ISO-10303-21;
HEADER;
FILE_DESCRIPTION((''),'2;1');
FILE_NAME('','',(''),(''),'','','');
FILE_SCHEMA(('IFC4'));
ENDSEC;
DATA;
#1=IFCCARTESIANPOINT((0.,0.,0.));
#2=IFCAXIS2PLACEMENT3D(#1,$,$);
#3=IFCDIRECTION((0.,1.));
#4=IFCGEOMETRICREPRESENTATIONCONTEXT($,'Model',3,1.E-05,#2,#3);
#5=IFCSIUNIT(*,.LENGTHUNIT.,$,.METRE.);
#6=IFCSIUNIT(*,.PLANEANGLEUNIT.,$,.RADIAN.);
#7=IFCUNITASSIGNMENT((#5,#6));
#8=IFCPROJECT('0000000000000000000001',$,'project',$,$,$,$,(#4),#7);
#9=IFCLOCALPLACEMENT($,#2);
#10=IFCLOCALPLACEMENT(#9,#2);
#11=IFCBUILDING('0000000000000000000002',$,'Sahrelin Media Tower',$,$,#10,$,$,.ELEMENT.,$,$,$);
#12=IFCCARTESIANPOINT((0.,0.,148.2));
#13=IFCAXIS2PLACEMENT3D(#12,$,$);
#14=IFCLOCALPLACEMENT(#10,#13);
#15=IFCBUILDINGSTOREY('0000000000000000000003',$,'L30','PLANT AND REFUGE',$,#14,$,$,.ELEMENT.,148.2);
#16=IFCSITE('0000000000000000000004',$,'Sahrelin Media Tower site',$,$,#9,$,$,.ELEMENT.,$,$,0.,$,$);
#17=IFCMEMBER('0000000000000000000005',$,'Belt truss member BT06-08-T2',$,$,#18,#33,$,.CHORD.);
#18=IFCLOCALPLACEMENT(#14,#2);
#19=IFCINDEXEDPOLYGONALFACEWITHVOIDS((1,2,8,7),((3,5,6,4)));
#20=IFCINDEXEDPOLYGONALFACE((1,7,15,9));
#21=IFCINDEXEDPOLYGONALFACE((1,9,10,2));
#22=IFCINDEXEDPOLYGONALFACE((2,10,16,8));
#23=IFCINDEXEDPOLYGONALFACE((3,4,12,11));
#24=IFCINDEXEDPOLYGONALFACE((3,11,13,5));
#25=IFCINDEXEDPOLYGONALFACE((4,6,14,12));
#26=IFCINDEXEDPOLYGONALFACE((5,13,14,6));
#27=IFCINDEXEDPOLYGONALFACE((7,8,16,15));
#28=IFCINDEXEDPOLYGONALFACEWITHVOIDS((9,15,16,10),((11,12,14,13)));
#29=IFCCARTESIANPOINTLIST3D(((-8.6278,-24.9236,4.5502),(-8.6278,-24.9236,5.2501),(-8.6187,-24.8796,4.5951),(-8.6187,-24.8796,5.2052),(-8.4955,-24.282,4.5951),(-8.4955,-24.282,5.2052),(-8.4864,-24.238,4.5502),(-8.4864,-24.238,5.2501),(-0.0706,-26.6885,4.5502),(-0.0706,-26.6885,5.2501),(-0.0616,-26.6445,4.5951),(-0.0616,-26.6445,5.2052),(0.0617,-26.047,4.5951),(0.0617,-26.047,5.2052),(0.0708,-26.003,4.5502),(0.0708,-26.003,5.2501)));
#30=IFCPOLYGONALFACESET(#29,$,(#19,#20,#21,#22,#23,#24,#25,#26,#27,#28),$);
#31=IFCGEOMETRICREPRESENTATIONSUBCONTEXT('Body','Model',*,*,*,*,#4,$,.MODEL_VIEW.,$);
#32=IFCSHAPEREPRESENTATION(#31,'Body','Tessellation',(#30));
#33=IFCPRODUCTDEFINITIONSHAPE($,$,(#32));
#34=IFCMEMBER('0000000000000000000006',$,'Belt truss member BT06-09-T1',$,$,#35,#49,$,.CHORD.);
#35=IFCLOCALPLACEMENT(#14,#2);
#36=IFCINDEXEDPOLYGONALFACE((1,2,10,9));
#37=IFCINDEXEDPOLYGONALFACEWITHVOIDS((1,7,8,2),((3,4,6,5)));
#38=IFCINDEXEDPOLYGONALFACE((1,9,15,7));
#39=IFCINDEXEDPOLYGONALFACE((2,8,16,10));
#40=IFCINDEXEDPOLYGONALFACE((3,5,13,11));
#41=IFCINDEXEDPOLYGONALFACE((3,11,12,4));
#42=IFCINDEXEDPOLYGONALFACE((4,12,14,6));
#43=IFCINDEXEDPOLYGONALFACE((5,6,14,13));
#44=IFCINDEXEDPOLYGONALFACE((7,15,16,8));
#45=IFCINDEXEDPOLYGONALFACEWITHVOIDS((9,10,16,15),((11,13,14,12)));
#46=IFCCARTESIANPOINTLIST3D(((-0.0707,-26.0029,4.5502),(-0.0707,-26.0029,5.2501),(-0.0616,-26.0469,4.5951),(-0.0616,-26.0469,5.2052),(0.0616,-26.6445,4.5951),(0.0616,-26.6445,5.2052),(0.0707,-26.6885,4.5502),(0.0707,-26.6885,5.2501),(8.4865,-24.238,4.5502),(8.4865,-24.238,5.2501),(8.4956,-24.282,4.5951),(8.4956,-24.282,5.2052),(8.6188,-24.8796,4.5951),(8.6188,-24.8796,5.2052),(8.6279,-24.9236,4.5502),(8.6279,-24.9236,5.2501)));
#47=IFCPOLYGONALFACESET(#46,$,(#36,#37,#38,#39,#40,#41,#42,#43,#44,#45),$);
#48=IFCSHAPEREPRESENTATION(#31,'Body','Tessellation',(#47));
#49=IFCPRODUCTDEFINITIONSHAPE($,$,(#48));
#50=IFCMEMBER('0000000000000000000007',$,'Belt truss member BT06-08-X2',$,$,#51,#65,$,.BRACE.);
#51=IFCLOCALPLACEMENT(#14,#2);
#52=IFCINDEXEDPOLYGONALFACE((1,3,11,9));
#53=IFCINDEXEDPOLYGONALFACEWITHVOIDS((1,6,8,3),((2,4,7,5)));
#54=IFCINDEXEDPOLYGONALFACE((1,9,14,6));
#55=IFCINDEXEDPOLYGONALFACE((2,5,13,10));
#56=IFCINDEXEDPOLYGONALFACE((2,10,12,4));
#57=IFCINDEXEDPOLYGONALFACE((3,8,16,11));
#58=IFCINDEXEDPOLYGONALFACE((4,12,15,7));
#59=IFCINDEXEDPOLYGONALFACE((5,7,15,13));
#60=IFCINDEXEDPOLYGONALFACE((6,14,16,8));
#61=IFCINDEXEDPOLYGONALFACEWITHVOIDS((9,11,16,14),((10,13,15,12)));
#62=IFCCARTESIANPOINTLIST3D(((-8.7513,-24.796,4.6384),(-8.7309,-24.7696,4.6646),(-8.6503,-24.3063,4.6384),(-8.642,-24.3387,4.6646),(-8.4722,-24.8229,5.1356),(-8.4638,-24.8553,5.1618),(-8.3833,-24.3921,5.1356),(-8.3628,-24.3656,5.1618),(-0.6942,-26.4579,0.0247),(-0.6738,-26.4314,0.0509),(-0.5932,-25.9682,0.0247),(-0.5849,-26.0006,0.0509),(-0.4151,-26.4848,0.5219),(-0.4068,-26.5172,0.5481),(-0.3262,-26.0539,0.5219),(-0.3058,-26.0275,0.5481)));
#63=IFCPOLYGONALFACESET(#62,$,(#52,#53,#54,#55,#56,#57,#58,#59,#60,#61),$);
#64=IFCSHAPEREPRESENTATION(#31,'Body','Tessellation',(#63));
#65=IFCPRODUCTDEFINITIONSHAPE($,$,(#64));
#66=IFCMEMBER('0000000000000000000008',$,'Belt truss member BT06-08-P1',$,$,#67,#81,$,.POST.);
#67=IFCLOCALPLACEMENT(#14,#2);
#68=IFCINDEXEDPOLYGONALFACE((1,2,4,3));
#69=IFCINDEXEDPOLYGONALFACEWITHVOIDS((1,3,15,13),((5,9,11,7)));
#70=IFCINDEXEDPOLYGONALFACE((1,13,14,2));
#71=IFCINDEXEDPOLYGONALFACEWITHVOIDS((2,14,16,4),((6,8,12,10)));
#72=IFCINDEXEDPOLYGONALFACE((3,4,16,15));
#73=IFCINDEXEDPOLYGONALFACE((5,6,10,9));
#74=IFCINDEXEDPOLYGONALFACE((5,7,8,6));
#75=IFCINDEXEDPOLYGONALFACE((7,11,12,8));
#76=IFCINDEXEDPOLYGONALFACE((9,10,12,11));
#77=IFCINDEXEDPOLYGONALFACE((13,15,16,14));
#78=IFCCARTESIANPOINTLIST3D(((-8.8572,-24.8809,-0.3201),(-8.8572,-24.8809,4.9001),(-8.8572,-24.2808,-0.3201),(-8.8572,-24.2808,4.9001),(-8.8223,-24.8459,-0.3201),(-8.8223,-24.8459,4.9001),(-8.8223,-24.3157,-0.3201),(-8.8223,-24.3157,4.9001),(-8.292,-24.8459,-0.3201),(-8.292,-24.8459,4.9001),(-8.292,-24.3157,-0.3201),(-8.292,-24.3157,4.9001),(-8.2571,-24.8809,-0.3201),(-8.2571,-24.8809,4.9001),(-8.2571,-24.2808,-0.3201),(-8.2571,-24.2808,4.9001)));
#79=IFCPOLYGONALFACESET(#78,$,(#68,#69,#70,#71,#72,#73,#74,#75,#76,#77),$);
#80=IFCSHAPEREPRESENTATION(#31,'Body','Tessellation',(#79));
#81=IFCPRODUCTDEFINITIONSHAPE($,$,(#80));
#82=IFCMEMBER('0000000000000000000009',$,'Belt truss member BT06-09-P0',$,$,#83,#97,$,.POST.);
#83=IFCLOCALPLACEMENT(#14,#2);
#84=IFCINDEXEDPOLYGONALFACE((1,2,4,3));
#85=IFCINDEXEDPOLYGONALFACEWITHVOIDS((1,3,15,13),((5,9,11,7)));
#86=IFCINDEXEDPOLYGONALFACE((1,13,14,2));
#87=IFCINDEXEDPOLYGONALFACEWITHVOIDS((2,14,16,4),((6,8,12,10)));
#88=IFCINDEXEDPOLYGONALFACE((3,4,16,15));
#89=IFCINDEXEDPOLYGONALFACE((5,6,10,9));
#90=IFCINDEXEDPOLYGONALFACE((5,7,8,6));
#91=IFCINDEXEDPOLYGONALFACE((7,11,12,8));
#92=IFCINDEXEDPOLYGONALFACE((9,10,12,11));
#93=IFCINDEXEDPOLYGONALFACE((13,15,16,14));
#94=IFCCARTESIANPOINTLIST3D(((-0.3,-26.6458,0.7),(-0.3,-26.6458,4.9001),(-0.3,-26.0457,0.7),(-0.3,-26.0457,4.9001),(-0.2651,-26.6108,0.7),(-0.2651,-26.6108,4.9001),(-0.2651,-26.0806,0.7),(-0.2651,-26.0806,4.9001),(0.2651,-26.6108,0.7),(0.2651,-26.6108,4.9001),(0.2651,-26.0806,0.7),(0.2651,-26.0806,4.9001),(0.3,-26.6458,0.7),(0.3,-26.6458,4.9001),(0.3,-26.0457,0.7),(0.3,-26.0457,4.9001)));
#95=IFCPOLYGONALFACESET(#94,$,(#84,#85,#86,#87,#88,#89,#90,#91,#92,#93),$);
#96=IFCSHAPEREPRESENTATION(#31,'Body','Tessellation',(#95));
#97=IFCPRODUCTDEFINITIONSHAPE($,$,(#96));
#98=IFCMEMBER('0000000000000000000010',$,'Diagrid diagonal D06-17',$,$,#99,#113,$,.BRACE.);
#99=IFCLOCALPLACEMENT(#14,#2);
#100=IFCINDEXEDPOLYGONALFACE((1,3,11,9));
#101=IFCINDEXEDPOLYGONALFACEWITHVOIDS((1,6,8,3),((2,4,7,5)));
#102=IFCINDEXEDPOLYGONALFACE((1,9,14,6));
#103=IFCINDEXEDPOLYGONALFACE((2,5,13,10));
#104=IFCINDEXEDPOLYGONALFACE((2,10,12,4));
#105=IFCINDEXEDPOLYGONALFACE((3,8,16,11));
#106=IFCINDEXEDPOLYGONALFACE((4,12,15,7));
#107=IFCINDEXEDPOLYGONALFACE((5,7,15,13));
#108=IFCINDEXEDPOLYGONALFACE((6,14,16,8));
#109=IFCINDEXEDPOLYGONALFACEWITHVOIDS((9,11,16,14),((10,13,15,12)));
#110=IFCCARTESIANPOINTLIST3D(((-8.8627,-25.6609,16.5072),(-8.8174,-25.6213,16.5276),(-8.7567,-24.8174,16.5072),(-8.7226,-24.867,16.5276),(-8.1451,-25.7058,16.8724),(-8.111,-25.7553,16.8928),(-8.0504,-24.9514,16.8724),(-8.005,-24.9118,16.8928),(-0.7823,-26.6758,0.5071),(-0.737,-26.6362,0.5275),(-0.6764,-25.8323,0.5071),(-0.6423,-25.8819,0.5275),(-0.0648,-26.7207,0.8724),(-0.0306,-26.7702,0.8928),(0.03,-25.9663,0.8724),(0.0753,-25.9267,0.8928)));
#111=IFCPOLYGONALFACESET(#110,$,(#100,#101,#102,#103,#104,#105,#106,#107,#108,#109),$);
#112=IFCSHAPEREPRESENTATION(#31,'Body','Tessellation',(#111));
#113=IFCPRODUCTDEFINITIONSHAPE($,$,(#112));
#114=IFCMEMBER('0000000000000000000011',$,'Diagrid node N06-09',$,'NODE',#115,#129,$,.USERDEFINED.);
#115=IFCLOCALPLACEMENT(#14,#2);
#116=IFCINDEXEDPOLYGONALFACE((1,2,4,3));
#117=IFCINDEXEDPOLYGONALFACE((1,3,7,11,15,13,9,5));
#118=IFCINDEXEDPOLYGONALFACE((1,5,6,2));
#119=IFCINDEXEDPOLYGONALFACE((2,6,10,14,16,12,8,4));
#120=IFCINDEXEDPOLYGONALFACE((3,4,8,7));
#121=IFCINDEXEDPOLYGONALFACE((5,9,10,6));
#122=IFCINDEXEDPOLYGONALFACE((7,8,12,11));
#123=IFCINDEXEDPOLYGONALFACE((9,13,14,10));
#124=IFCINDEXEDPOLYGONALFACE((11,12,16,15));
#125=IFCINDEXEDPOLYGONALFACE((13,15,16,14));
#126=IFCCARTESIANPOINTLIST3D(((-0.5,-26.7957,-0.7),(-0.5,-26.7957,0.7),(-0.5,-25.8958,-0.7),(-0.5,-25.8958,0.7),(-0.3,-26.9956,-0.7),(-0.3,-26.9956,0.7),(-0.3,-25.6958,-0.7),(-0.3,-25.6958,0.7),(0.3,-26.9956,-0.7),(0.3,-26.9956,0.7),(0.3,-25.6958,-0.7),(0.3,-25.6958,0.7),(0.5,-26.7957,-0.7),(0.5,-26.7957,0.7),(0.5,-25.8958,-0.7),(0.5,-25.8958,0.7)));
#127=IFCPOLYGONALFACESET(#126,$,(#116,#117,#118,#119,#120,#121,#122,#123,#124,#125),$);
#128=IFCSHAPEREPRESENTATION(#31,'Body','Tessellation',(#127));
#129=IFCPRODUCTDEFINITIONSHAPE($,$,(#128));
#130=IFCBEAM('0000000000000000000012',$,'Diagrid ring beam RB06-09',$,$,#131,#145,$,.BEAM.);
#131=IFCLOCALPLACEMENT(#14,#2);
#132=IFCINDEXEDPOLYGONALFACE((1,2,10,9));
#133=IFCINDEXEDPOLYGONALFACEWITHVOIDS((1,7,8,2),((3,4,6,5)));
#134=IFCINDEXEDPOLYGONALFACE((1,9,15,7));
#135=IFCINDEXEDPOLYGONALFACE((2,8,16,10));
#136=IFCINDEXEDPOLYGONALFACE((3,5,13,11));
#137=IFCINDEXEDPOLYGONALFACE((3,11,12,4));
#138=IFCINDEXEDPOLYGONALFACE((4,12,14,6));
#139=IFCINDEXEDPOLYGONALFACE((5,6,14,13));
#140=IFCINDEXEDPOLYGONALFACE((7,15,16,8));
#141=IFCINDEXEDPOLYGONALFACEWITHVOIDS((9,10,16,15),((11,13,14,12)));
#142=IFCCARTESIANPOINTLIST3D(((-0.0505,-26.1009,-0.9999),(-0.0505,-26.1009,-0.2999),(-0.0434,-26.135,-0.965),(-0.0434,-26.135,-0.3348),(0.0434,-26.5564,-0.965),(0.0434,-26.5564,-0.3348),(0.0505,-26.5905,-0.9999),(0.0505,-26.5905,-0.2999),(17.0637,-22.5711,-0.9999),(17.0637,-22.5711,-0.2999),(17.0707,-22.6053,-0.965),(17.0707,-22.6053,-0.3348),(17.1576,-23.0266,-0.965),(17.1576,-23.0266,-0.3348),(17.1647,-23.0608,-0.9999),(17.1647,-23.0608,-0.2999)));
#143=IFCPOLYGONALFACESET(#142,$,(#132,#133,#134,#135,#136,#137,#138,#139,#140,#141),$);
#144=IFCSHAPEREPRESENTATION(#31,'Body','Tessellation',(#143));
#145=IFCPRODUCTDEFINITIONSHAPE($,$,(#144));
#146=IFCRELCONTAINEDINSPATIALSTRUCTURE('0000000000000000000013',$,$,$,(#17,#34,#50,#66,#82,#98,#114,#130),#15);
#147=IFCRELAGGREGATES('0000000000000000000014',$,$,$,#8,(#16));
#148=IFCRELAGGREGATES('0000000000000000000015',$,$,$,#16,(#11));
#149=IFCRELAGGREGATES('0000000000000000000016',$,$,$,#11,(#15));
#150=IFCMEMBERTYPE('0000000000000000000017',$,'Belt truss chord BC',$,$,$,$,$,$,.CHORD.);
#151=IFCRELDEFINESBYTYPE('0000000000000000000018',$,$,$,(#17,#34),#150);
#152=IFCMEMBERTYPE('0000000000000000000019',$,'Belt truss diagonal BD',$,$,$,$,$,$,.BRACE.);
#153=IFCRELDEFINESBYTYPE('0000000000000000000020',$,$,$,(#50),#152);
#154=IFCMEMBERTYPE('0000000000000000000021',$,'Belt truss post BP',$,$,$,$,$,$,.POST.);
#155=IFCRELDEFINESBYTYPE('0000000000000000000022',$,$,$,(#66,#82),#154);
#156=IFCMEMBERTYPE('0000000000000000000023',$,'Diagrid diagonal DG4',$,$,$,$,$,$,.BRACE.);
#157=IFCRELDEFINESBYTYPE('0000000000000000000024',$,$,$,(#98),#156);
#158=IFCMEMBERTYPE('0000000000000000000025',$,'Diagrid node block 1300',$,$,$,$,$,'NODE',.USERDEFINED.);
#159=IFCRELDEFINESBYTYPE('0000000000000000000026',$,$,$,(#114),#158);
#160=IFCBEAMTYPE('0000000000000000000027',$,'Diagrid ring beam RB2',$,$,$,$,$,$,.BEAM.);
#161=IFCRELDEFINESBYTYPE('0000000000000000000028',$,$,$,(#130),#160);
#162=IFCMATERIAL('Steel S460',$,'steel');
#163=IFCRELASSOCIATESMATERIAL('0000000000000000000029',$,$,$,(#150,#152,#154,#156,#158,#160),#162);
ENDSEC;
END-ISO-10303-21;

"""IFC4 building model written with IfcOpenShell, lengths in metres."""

from ifc_helpers import new_model, si_unit, direction, frame, origin, origin_2d, place, context, subcontext, project, spatial, polyline, hollow_rectangle, outline, extrude, material, material_profile, profile_set, type_object, element, save


model = new_model("IFC4")

# Units and contexts
model_context = context("Model", 3, precision=1e-05, world=origin(), true_north=direction((0.0, 1.0)))
body_context = subcontext(model_context, "Body", "Model", "MODEL_VIEW")
ifc_project = project(units=[si_unit("LENGTHUNIT", "METRE"), si_unit("PLANEANGLEUNIT", "RADIAN")], contexts=[model_context])

# Site, building, storey
site_placement = place(None, origin())
site = spatial("IfcSite", under=ifc_project, at=site_placement, Name="Sahrelin Media Tower site", CompositionType="ELEMENT", RefElevation=0.0)
building_placement = place(site_placement, origin())
building = spatial("IfcBuilding", under=site, at=building_placement, Name="Sahrelin Media Tower", CompositionType="ELEMENT")
storey_placement = place(building_placement, frame((0.0, 0.0, 148.2)))
storey = spatial("IfcBuildingStorey", under=building, at=storey_placement, Name="L30", Description="PLANT AND REFUGE", CompositionType="ELEMENT", Elevation=148.2)

# Members
ifc_material_1 = material(Name="Steel S460", Category="steel")
ifc_material_profile_1 = material_profile(ifc_material_1, hollow_rectangle(XDim=0.7, YDim=0.7, WallThickness=0.0449, at=origin_2d()), Name="Belt truss chord BC")
ifc_profile_set_1 = profile_set([ifc_material_profile_1], Name="Steel S460")
member_type_1 = type_object("IfcMemberType", Name="Belt truss chord BC", PredefinedType="CHORD", material=ifc_profile_set_1)
for number, where, z_axis, x_axis, name in (
    (1, (-8.5571, -24.5808, 4.9001), (0.979386, -0.201997, 0.0), (0.201997, 0.979386, 0.0), "Belt truss member BT06-08-T2"),
    (2, (0.0, -26.3457, 4.9001), (0.979386, 0.201997, 0.0), (-0.201997, 0.979386, 0.0), "Belt truss member BT06-09-T1"),
):
    element("IfcMember", number, at=place(storey_placement, frame(where, z_axis=z_axis, x_axis=x_axis)), inside=storey, type_object=member_type_1, Name=name, PredefinedType="CHORD", context=body_context, shape_type="SweptSolid", body=[
        extrude(hollow_rectangle(XDim=0.7, YDim=0.7, WallThickness=0.0449, at=origin_2d()), origin(), (0.0, 0.0, 1.0), 8.7373),
    ])
ifc_material_profile_2 = material_profile(ifc_material_1, hollow_rectangle(XDim=0.5, YDim=0.6001, WallThickness=0.03, at=origin_2d()), Name="Belt truss diagonal BD")
ifc_profile_set_2 = profile_set([ifc_material_profile_2], Name="Steel S460")
member_type_2 = type_object("IfcMemberType", Name="Belt truss diagonal BD", PredefinedType="BRACE", material=ifc_profile_set_2)
member_1_placement = place(storey_placement, frame((-0.5, -26.2427, 0.2864), z_axis=(-0.854217, 0.176191, 0.489152), x_axis=(-0.202008, -0.979384, 0.0)))
element("IfcMember", 3, at=member_1_placement, inside=storey, type_object=member_type_2, Name="Belt truss member BT06-08-X2", PredefinedType="BRACE", context=body_context, shape_type="SweptSolid", body=[
    extrude(hollow_rectangle(XDim=0.5, YDim=0.6001, WallThickness=0.03, at=origin_2d()), origin(), (0.0, 0.0, 1.0), 9.4321),
])
ifc_material_profile_3 = material_profile(ifc_material_1, hollow_rectangle(XDim=0.6001, YDim=0.6001, WallThickness=0.0349, at=origin_2d()), Name="Belt truss post BP")
ifc_profile_set_3 = profile_set([ifc_material_profile_3], Name="Steel S460")
member_type_3 = type_object("IfcMemberType", Name="Belt truss post BP", PredefinedType="POST", material=ifc_profile_set_3)
member_2_placement = place(storey_placement, frame((-8.5571, -24.5808, -0.3201), z_axis=(0.0, 0.0, 1.0), x_axis=(1.0, 0.0, 0.0)))
element("IfcMember", 4, at=member_2_placement, inside=storey, type_object=member_type_3, Name="Belt truss member BT06-08-P1", PredefinedType="POST", context=body_context, shape_type="SweptSolid", body=[
    extrude(hollow_rectangle(XDim=0.6001, YDim=0.6001, WallThickness=0.0349, at=origin_2d()), origin(), (0.0, 0.0, 1.0), 5.2202),
])
member_3_placement = place(storey_placement, frame((0.0, -26.3457, 0.7), z_axis=(0.0, 0.0, 1.0), x_axis=(1.0, 0.0, 0.0)))
element("IfcMember", 5, at=member_3_placement, inside=storey, type_object=member_type_3, Name="Belt truss member BT06-09-P0", PredefinedType="POST", context=body_context, shape_type="SweptSolid", body=[
    extrude(hollow_rectangle(XDim=0.6001, YDim=0.6001, WallThickness=0.0349, at=origin_2d()), origin(), (0.0, 0.0, 1.0), 4.2002),
])
ifc_material_profile_4 = material_profile(ifc_material_1, hollow_rectangle(XDim=0.8501, YDim=0.8501, WallThickness=0.0449, at=origin_2d()), Name="Diagrid diagonal DG4")
ifc_profile_set_4 = profile_set([ifc_material_profile_4], Name="Steel S460")
member_type_4 = type_object("IfcMemberType", Name="Diagrid diagonal DG4", PredefinedType="BRACE", material=ifc_profile_set_4)
member_4_placement = place(storey_placement, frame((-0.3535, -26.3013, 0.7), z_axis=(-0.450074, 0.05653, 0.8912), x_axis=(-0.124621, -0.992204, 0.0)))
element("IfcMember", 6, at=member_4_placement, inside=storey, type_object=member_type_4, Name="Diagrid diagonal D06-17", PredefinedType="BRACE", context=body_context, shape_type="SweptSolid", body=[
    extrude(hollow_rectangle(XDim=0.8501, YDim=0.8501, WallThickness=0.0449, at=origin_2d()), origin(), (0.0, 0.0, 1.0), 17.9534),
])
ifc_material_profile_5 = material_profile(ifc_material_1, outline(polyline([(0.45, -0.5), (0.6499, -0.3), (0.6499, 0.3), (0.45, 0.5), (-0.45, 0.5), (-0.6499, 0.3), (-0.6499, -0.3), (-0.45, -0.5), (0.45, -0.5)])), Name="Diagrid node block 1300")
ifc_profile_set_5 = profile_set([ifc_material_profile_5], Name="Steel S460")
member_type_5 = type_object("IfcMemberType", Name="Diagrid node block 1300", ElementType="NODE", PredefinedType="USERDEFINED", material=ifc_profile_set_5)
member_5_placement = place(storey_placement, frame((0.0, -26.3457, -0.7), z_axis=(0.0, 0.0, 1.0), x_axis=(0.0, -1.0, 0.0)))
element("IfcMember", 7, at=member_5_placement, inside=storey, type_object=member_type_5, Name="Diagrid node N06-09", ObjectType="NODE", PredefinedType="USERDEFINED", context=body_context, shape_type="SweptSolid", body=[
    extrude(outline(polyline([(0.45, -0.5), (0.6499, -0.3), (0.6499, 0.3), (0.45, 0.5), (-0.45, 0.5), (-0.6499, 0.3), (-0.6499, -0.3), (-0.45, -0.5), (0.45, -0.5)])), origin(), (0.0, 0.0, 1.0), 1.3999),
])

# Beam
ifc_material_profile_6 = material_profile(ifc_material_1, hollow_rectangle(XDim=0.5, YDim=0.7, WallThickness=0.0349, at=origin_2d()), Name="Diagrid ring beam RB2")
ifc_profile_set_6 = profile_set([ifc_material_profile_6], Name="Steel S460")
beam_type_1 = type_object("IfcBeamType", Name="Diagrid ring beam RB2", PredefinedType="BEAM", material=ifc_profile_set_6)
beam_1_placement = place(storey_placement, frame((0.0, -26.3457, -0.6499), z_axis=(0.979386, 0.201997, 0.0), x_axis=(-0.201997, 0.979386, 0.0)))
element("IfcBeam", 8, at=beam_1_placement, inside=storey, type_object=beam_type_1, Name="Diagrid ring beam RB06-09", PredefinedType="BEAM", context=body_context, shape_type="SweptSolid", body=[
    extrude(hollow_rectangle(XDim=0.5, YDim=0.7, WallThickness=0.0349, at=origin_2d()), origin(), (0.0, 0.0, 1.0), 17.4744),
])

save(model, "model.ifc")
